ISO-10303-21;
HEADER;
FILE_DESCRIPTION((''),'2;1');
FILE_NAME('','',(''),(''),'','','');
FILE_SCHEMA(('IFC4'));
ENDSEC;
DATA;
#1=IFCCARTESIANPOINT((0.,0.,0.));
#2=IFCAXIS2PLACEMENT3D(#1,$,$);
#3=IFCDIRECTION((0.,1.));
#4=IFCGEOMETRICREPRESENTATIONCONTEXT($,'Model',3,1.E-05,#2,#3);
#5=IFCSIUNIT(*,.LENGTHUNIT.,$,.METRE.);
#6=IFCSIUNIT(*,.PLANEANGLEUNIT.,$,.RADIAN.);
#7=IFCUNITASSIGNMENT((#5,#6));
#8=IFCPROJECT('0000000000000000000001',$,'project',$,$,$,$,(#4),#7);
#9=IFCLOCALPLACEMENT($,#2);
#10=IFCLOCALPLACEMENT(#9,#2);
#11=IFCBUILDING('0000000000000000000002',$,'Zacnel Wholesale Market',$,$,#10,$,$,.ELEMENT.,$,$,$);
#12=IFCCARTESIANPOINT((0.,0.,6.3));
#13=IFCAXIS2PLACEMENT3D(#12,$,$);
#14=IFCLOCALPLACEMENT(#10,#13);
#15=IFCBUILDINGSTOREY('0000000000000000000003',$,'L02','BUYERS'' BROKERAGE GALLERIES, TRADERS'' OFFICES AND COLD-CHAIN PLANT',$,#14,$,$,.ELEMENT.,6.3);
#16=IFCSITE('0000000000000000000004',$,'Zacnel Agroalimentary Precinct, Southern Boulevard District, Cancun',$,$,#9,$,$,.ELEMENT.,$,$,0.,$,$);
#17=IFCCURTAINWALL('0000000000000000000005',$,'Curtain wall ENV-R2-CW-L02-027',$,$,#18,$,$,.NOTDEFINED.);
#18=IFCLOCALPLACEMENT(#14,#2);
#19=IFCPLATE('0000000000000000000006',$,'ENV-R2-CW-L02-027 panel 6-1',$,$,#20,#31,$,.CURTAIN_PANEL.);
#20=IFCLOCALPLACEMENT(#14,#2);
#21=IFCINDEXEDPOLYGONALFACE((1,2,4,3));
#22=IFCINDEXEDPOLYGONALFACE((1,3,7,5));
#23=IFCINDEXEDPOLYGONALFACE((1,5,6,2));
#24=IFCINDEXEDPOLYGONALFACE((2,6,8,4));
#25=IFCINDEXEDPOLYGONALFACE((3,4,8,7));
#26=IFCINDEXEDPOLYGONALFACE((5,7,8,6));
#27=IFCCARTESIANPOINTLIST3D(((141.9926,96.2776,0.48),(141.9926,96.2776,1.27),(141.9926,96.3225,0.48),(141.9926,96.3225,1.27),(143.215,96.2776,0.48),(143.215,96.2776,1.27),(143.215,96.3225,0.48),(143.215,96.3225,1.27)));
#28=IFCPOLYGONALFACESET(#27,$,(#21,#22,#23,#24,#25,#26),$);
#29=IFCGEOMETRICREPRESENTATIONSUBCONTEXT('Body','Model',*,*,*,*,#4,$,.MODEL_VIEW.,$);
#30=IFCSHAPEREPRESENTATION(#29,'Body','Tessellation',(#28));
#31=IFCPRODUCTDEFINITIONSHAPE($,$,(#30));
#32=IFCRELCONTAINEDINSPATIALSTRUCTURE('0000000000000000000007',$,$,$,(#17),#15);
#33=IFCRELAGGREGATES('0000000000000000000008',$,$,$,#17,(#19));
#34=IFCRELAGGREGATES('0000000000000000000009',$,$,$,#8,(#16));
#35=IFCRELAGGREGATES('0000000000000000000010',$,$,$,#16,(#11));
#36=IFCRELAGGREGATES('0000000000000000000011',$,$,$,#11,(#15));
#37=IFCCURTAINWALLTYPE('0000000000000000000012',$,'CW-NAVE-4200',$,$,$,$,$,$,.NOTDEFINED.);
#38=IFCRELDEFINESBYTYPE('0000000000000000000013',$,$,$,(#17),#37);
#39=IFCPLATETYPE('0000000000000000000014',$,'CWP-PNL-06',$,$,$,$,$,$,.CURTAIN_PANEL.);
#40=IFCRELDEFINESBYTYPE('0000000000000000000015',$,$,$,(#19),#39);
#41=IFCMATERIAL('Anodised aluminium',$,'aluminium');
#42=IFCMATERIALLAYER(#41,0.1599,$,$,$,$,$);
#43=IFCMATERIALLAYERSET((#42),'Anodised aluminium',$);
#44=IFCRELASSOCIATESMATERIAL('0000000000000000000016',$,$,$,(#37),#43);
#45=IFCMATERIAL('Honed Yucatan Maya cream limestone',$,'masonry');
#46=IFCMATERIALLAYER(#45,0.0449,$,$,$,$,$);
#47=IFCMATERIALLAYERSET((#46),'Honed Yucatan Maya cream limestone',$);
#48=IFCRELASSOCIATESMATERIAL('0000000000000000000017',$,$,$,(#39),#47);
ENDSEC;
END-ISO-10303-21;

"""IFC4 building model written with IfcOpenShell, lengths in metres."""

from ifc_helpers import new_model, si_unit, direction, frame, origin, origin_2d, place, context, subcontext, project, spatial, rectangle, extrude, material, layer, layer_set, type_object, element, aggregate, save


model = new_model("IFC4")

# Units and contexts
model_context = context("Model", 3, precision=1e-05, world=origin(), true_north=direction((0.0, 1.0)))
body_context = subcontext(model_context, "Body", "Model", "MODEL_VIEW")
ifc_project = project(units=[si_unit("LENGTHUNIT", "METRE"), si_unit("PLANEANGLEUNIT", "RADIAN")], contexts=[model_context])

# Site, building, storey
site_placement = place(None, origin())
site = spatial("IfcSite", under=ifc_project, at=site_placement, Name="Zacnel Agroalimentary Precinct, Southern Boulevard District, Cancun", CompositionType="ELEMENT", RefElevation=0.0)
building_placement = place(site_placement, origin())
building = spatial("IfcBuilding", under=site, at=building_placement, Name="Zacnel Wholesale Market", CompositionType="ELEMENT")
storey_placement = place(building_placement, frame((0.0, 0.0, 6.3)))
storey = spatial("IfcBuildingStorey", under=building, at=storey_placement, Name="L02", Description="BUYERS' BROKERAGE GALLERIES, TRADERS' OFFICES AND COLD-CHAIN PLANT", CompositionType="ELEMENT", Elevation=6.3)

# Curtain wall, plate
ifc_material_1 = material(Name="Anodised aluminium", Category="aluminium")
ifc_layer_1 = layer(ifc_material_1, 0.1599)
ifc_layer_set_1 = layer_set([ifc_layer_1], Name="Anodised aluminium")
curtain_wall_type = type_object("IfcCurtainWallType", Name="CW-NAVE-4200", PredefinedType="NOTDEFINED", material=ifc_layer_set_1)
curtain_wall_placement = place(storey_placement, origin())
curtain_wall = element("IfcCurtainWall", 1, at=curtain_wall_placement, inside=storey, type_object=curtain_wall_type, Name="Curtain wall ENV-R2-CW-L02-027", PredefinedType="NOTDEFINED")
ifc_material_2 = material(Name="Honed Yucatan Maya cream limestone", Category="masonry")
ifc_layer_2 = layer(ifc_material_2, 0.0449)
ifc_layer_set_2 = layer_set([ifc_layer_2], Name="Honed Yucatan Maya cream limestone")
plate_type_1 = type_object("IfcPlateType", Name="CWP-PNL-06", PredefinedType="CURTAIN_PANEL", material=ifc_layer_set_2)
plate_1_placement = place(storey_placement, frame((142.6038, 96.3, 0.48), z_axis=(0.0, 0.0, 1.0), x_axis=(1.0, 0.0, 0.0)))
plate_1 = element("IfcPlate", 2, at=plate_1_placement, type_object=plate_type_1, Name="ENV-R2-CW-L02-027 panel 6-1", PredefinedType="CURTAIN_PANEL", context=body_context, shape_type="SweptSolid", body=[
    extrude(rectangle(XDim=1.2224, YDim=0.0449, at=origin_2d()), origin(), (0.0, 0.0, 1.0), 0.79),
])
aggregate(curtain_wall, [plate_1])

save(model, "model.ifc")
